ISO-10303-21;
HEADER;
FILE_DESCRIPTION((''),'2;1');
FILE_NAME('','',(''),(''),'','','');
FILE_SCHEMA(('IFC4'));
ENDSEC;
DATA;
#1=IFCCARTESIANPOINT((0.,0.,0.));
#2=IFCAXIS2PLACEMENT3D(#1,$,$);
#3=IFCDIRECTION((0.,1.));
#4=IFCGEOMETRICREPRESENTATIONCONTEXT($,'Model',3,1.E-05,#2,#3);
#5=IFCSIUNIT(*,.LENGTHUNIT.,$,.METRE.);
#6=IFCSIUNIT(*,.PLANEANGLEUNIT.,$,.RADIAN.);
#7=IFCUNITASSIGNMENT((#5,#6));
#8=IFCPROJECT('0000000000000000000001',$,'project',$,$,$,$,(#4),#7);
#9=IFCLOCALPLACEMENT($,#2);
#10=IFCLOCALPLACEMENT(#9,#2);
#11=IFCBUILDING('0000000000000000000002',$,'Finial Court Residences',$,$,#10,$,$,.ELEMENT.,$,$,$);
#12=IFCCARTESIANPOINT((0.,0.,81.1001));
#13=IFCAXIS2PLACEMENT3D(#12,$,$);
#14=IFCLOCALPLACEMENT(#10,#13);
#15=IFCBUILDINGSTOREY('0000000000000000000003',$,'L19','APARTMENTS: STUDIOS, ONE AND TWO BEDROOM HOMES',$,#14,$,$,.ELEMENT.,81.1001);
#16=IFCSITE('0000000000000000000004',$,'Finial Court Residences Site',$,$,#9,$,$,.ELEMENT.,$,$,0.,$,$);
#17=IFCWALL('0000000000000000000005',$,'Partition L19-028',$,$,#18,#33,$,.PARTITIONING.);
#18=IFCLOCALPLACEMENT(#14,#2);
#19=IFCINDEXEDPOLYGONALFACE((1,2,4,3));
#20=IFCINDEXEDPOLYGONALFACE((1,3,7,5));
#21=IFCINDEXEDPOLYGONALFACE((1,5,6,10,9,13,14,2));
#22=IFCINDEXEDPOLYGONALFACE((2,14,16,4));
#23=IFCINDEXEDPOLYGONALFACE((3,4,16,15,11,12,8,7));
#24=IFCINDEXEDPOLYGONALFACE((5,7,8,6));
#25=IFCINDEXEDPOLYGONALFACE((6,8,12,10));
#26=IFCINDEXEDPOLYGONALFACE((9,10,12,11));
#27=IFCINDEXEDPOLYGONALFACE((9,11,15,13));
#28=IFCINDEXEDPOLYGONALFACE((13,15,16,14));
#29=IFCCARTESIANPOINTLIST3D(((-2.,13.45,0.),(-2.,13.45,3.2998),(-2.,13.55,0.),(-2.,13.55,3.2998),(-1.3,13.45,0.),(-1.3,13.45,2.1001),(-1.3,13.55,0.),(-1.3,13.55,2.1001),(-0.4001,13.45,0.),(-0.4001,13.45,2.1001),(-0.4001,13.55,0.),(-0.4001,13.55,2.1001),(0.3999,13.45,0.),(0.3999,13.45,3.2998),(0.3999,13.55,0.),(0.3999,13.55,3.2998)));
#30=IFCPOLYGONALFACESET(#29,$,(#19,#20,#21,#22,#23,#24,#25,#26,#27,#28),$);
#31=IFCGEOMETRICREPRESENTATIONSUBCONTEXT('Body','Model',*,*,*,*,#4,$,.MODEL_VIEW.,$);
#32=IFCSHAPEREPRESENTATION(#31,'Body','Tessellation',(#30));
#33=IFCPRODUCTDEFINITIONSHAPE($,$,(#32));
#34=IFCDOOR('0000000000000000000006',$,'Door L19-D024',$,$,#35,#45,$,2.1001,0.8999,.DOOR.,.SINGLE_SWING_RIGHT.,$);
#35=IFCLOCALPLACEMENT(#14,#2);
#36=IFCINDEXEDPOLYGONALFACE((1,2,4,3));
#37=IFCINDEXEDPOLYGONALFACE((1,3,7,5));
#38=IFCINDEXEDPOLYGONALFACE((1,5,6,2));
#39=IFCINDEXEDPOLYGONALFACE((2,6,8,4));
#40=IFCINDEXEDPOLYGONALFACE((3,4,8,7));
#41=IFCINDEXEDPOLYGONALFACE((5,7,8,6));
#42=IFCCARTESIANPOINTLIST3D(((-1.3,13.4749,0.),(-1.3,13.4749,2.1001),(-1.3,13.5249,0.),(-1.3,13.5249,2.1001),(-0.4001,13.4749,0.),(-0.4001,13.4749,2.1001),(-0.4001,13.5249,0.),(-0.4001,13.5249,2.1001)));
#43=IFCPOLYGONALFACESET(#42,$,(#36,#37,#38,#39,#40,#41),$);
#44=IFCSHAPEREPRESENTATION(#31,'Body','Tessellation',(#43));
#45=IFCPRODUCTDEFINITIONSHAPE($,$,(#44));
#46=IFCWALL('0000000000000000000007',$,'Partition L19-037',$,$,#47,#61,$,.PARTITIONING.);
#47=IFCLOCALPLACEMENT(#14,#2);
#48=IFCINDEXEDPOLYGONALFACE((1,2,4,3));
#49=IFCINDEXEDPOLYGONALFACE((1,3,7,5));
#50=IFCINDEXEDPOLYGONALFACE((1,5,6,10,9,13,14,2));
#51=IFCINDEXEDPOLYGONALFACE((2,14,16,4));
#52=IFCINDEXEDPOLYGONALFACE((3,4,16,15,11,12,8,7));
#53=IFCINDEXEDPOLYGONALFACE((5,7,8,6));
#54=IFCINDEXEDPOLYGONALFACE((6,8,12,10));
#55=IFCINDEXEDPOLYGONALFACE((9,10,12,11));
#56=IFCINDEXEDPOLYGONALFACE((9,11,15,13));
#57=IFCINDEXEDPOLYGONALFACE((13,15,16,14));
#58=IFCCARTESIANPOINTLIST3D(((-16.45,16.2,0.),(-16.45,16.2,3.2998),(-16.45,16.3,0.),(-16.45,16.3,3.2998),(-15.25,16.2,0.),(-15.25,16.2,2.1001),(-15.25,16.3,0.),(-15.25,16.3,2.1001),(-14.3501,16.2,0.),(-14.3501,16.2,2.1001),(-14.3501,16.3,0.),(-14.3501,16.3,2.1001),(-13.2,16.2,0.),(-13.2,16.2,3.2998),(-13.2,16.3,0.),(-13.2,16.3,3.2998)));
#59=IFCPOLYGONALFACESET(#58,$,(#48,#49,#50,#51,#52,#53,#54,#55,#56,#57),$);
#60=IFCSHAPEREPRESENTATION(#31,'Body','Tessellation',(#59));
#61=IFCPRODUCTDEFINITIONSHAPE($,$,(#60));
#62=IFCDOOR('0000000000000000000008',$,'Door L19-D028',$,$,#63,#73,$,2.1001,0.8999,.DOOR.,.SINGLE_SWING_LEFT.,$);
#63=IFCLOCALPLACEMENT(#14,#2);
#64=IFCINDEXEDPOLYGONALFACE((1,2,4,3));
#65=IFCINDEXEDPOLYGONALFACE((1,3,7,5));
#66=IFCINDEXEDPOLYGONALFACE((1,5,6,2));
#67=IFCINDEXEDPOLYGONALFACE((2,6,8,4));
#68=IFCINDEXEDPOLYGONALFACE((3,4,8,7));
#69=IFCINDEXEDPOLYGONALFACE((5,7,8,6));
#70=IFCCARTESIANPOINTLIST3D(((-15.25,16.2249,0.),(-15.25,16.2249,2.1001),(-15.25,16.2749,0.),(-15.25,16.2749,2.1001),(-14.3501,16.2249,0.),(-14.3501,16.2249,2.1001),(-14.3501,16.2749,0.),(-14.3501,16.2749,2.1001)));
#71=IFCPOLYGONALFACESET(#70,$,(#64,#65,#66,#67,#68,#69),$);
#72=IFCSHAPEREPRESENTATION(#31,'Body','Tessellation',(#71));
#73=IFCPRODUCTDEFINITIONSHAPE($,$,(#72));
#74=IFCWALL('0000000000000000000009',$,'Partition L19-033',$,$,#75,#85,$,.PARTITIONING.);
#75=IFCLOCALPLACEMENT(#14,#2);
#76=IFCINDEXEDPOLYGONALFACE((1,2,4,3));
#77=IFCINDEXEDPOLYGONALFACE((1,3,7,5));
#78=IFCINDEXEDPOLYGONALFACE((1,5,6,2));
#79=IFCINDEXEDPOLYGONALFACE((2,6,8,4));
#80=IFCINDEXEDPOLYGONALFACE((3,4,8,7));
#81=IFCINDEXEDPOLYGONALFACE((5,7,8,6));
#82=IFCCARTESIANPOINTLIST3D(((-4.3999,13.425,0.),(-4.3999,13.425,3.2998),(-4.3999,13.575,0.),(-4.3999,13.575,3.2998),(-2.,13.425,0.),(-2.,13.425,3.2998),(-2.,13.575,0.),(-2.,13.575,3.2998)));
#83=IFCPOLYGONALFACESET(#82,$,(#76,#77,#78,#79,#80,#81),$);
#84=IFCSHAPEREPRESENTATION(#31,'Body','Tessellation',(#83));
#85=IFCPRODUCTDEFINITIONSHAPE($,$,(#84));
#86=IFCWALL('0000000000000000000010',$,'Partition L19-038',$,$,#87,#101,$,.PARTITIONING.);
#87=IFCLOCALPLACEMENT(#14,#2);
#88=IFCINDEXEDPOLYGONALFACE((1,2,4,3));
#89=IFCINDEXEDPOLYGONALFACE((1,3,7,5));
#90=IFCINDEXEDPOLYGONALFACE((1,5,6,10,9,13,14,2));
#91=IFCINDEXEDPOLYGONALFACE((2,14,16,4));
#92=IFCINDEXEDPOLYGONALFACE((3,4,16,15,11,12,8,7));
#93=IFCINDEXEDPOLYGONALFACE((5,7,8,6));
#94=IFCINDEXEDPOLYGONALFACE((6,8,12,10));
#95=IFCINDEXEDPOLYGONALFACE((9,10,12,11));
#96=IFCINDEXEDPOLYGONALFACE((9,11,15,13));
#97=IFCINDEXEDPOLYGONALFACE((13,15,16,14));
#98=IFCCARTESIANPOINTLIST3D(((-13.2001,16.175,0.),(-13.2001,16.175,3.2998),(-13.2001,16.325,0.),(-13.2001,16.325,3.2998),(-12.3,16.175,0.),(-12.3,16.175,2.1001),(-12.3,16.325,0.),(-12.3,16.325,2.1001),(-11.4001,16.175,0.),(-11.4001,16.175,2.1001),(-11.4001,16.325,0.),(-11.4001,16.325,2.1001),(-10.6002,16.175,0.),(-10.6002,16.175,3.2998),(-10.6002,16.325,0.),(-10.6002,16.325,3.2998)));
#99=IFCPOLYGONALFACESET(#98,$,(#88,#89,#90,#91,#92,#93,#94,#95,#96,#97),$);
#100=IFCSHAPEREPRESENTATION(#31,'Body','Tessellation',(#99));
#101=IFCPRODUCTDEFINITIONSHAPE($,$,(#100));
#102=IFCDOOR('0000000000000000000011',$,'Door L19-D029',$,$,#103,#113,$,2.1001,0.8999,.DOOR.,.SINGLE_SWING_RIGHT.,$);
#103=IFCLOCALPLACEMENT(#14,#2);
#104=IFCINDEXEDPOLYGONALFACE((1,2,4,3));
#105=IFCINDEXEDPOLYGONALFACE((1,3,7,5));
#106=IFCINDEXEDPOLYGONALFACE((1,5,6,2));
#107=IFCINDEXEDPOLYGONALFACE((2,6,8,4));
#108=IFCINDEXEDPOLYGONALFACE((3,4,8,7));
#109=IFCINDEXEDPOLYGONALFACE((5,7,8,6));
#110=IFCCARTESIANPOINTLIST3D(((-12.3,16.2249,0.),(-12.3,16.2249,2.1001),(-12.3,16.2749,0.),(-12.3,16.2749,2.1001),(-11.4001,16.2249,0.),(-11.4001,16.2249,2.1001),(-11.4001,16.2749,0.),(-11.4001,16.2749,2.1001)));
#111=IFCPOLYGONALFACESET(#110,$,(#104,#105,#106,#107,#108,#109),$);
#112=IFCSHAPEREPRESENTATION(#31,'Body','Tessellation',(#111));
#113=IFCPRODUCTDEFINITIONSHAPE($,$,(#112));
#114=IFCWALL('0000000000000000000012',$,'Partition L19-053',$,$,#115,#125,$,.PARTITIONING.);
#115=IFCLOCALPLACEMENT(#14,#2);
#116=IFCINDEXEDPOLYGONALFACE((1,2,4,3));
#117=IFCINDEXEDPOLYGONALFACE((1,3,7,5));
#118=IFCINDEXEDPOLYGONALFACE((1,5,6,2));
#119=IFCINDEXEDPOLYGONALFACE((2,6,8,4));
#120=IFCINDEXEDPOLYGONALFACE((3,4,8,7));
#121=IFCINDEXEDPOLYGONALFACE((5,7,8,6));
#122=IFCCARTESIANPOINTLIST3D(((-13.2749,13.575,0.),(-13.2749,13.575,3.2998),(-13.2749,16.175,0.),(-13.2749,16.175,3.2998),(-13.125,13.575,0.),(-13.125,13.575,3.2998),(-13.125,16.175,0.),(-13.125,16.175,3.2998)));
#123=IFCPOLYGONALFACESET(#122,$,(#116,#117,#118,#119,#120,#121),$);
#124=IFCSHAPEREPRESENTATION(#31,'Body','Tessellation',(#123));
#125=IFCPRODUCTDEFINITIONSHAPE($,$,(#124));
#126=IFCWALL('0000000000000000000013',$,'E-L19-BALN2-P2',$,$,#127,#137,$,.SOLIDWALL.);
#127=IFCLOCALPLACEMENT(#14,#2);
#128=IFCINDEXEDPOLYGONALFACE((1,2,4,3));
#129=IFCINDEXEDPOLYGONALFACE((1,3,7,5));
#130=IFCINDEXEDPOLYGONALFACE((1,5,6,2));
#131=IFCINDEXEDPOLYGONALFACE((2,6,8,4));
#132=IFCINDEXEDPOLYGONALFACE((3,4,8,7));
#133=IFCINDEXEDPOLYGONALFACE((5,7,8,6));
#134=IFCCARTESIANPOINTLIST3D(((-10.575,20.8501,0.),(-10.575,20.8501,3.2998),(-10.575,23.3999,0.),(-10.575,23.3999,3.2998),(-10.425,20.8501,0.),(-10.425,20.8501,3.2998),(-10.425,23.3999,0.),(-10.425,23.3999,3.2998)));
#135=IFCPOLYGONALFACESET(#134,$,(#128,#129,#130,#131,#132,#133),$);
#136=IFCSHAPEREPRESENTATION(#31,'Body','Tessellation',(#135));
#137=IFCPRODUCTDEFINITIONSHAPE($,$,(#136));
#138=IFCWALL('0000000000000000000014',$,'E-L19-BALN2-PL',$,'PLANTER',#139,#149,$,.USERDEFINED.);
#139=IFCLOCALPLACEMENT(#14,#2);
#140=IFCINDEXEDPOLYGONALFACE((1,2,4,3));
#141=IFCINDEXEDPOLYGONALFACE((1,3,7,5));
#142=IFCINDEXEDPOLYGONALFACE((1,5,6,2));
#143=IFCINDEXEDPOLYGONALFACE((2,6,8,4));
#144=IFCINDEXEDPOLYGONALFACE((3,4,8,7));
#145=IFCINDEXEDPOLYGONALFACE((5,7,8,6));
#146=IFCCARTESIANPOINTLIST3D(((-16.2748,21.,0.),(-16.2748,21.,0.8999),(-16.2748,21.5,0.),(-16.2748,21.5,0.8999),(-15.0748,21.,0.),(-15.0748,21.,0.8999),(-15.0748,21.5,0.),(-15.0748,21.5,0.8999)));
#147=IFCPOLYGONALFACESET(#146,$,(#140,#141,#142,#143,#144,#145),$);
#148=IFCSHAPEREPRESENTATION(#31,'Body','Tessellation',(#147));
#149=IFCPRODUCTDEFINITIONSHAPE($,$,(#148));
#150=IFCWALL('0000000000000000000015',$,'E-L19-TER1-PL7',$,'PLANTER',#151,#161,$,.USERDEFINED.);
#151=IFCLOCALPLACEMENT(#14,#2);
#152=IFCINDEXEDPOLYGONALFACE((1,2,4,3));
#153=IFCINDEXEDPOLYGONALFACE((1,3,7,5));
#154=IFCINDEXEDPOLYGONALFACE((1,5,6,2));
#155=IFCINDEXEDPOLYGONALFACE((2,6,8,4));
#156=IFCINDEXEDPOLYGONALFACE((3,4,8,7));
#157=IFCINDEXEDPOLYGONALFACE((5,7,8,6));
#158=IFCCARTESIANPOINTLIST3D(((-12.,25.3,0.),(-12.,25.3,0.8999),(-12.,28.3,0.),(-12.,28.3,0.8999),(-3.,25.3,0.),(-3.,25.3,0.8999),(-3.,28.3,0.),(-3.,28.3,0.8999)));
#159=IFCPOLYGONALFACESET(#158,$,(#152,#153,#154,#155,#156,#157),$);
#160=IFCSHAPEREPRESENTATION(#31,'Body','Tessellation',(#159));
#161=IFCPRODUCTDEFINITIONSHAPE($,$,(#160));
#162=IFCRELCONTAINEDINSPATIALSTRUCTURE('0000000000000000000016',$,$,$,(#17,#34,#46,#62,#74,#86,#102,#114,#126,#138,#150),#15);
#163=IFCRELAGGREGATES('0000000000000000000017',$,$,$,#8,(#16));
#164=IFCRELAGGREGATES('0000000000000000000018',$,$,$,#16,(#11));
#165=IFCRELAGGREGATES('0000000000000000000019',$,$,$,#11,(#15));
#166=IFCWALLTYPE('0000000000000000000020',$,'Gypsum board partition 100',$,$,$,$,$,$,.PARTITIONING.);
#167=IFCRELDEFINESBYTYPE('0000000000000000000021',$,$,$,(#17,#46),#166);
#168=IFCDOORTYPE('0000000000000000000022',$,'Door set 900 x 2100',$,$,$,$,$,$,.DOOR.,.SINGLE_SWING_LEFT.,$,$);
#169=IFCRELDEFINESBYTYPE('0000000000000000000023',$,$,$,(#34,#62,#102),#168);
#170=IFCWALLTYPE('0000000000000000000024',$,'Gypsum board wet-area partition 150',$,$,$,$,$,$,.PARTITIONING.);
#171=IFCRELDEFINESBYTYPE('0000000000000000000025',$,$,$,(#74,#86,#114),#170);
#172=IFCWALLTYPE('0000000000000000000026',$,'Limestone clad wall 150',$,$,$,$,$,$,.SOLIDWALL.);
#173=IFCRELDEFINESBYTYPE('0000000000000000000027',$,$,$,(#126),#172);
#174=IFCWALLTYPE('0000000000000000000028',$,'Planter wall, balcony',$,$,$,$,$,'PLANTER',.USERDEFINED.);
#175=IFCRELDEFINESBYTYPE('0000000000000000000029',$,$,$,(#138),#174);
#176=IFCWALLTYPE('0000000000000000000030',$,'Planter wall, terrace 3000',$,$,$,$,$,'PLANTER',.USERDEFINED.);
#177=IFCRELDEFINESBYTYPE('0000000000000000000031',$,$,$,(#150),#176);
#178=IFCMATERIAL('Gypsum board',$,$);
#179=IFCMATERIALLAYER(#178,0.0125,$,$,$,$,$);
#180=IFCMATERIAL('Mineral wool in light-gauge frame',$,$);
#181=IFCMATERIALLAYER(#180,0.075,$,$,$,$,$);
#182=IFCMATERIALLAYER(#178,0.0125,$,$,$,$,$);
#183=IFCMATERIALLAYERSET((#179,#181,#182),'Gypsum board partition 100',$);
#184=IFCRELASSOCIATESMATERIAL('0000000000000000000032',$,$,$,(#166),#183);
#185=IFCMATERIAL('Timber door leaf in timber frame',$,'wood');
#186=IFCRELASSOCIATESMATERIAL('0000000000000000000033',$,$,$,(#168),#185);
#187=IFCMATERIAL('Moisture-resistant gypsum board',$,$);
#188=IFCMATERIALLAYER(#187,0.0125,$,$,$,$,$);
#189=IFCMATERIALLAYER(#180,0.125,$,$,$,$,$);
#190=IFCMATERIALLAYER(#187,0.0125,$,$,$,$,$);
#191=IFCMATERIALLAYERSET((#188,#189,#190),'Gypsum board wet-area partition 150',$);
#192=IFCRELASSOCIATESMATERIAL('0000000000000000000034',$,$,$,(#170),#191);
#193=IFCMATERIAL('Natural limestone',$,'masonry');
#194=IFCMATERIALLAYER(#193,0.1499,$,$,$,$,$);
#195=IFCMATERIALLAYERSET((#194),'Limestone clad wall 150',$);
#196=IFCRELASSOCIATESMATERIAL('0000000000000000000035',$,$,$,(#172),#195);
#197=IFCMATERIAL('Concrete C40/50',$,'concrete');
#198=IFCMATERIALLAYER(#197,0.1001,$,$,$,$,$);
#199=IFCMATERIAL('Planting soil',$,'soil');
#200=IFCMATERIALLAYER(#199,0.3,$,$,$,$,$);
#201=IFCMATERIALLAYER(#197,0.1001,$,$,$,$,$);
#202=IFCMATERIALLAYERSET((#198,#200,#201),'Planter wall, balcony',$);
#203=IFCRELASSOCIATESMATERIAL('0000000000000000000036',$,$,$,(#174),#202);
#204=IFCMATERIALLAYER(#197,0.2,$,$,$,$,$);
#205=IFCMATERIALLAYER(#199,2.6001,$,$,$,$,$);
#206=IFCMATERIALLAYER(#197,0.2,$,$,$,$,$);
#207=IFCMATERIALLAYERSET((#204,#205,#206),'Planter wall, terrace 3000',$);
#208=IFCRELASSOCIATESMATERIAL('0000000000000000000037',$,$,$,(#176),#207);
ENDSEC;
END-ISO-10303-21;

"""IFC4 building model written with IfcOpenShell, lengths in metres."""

from ifc_helpers import new_model, si_unit, direction, frame, frame_2d, origin, place, context, subcontext, project, spatial, rectangle, extrude, material, layer, layer_set, type_object, element, fill, save


model = new_model("IFC4")

# Units and contexts
model_context = context("Model", 3, precision=1e-05, world=origin(), true_north=direction((0.0, 1.0)))
body_context = subcontext(model_context, "Body", "Model", "MODEL_VIEW")
ifc_project = project(units=[si_unit("LENGTHUNIT", "METRE"), si_unit("PLANEANGLEUNIT", "RADIAN")], contexts=[model_context])

# Site, building, storey
site_placement = place(None, origin())
site = spatial("IfcSite", under=ifc_project, at=site_placement, Name="Finial Court Residences Site", CompositionType="ELEMENT", RefElevation=0.0)
building_placement = place(site_placement, origin())
building = spatial("IfcBuilding", under=site, at=building_placement, Name="Finial Court Residences", CompositionType="ELEMENT")
storey_placement = place(building_placement, frame((0.0, 0.0, 81.1001)))
storey = spatial("IfcBuildingStorey", under=building, at=storey_placement, Name="L19", Description="APARTMENTS: STUDIOS, ONE AND TWO BEDROOM HOMES", CompositionType="ELEMENT", Elevation=81.1001)

# Shared definitions
ifc_material_1 = material(Name="Gypsum board")

# Walls, openings, doors
ifc_layer_1 = layer(ifc_material_1, 0.0125)
ifc_material_2 = material(Name="Mineral wool in light-gauge frame")
ifc_layer_2 = layer(ifc_material_2, 0.075)
ifc_layer_3 = layer(ifc_material_1, 0.0125)
ifc_layer_set_1 = layer_set([ifc_layer_1, ifc_layer_2, ifc_layer_3], Name="Gypsum board partition 100")
wall_type_1 = type_object("IfcWallType", Name="Gypsum board partition 100", PredefinedType="PARTITIONING", material=ifc_layer_set_1)
wall_1_placement = place(storey_placement, frame((-2.0, 13.5, 0.0), z_axis=(0.0, 0.0, 1.0), x_axis=(1.0, 0.0, 0.0)))
wall_1 = element("IfcWall", 1, at=wall_1_placement, inside=storey, type_object=wall_type_1, Name="Partition L19-028", PredefinedType="PARTITIONING", context=body_context, shape_type="SweptSolid", body=[
    extrude(rectangle(XDim=2.3999, YDim=0.1001, at=frame_2d((1.2, 0.0))), origin(), (0.0, 0.0, 1.0), 3.2998),
])
opening_1_placement = place(wall_1_placement, frame((0.7, 0.0, 0.0)))
opening_1 = element("IfcOpeningElement", 2, at=opening_1_placement, cuts=wall_1, PredefinedType="OPENING", context=body_context, shape_type="SweptSolid", body=[
    extrude(rectangle(XDim=0.8999, YDim=2.1001, at=frame_2d((0.45, 1.05))), frame((0.0, 0.0601, 0.0), z_axis=(0.0, -1.0, 0.0), x_axis=(1.0, 0.0, 0.0)), (0.0, 0.0, 1.0), 0.1201),
])
ifc_material_3 = material(Name="Timber door leaf in timber frame", Category="wood")
door_type_1 = type_object("IfcDoorType", Name="Door set 900 x 2100", OperationType="SINGLE_SWING_LEFT", PredefinedType="DOOR", material=ifc_material_3)
door_1_placement = place(opening_1_placement, origin())
door_1 = element("IfcDoor", 3, at=door_1_placement, inside=storey, type_object=door_type_1, Name="Door L19-D024", OperationType="SINGLE_SWING_RIGHT", OverallHeight=2.1001, OverallWidth=0.8999, PredefinedType="DOOR", context=body_context, shape_type="SweptSolid", body=[
    extrude(rectangle(XDim=0.8999, YDim=2.1001, at=frame_2d((0.45, 1.05))), frame((0.0, 0.0249, 0.0), z_axis=(0.0, -1.0, 0.0), x_axis=(1.0, 0.0, 0.0)), (0.0, 0.0, 1.0), 0.05),
])
fill(opening_1, door_1)
wall_2_placement = place(storey_placement, frame((-16.45, 16.25, 0.0), z_axis=(0.0, 0.0, 1.0), x_axis=(1.0, 0.0, 0.0)))
wall_2 = element("IfcWall", 4, at=wall_2_placement, inside=storey, type_object=wall_type_1, Name="Partition L19-037", PredefinedType="PARTITIONING", context=body_context, shape_type="SweptSolid", body=[
    extrude(rectangle(XDim=3.25, YDim=0.1001, at=frame_2d((1.625, 0.0))), origin(), (0.0, 0.0, 1.0), 3.2998),
])
opening_2_placement = place(wall_2_placement, frame((1.2, 0.0, 0.0)))
opening_2 = element("IfcOpeningElement", 5, at=opening_2_placement, cuts=wall_2, PredefinedType="OPENING", context=body_context, shape_type="SweptSolid", body=[
    extrude(rectangle(XDim=0.8999, YDim=2.1001, at=frame_2d((0.45, 1.05))), frame((0.0, 0.0601, 0.0), z_axis=(0.0, -1.0, 0.0), x_axis=(1.0, 0.0, 0.0)), (0.0, 0.0, 1.0), 0.1201),
])
door_2_placement = place(opening_2_placement, origin())
door_2 = element("IfcDoor", 6, at=door_2_placement, inside=storey, type_object=door_type_1, Name="Door L19-D028", OperationType="SINGLE_SWING_LEFT", OverallHeight=2.1001, OverallWidth=0.8999, PredefinedType="DOOR", context=body_context, shape_type="SweptSolid", body=[
    extrude(rectangle(XDim=0.8999, YDim=2.1001, at=frame_2d((0.45, 1.05))), frame((0.0, 0.0249, 0.0), z_axis=(0.0, -1.0, 0.0), x_axis=(1.0, 0.0, 0.0)), (0.0, 0.0, 1.0), 0.05),
])
fill(opening_2, door_2)

# Wall
ifc_material_4 = material(Name="Moisture-resistant gypsum board")
ifc_layer_4 = layer(ifc_material_4, 0.0125)
ifc_layer_5 = layer(ifc_material_2, 0.125)
ifc_layer_6 = layer(ifc_material_4, 0.0125)
ifc_layer_set_2 = layer_set([ifc_layer_4, ifc_layer_5, ifc_layer_6], Name="Gypsum board wet-area partition 150")
wall_type_2 = type_object("IfcWallType", Name="Gypsum board wet-area partition 150", PredefinedType="PARTITIONING", material=ifc_layer_set_2)
wall_3_placement = place(storey_placement, frame((-4.3999, 13.5, 0.0), z_axis=(0.0, 0.0, 1.0), x_axis=(1.0, 0.0, 0.0)))
element("IfcWall", 7, at=wall_3_placement, inside=storey, type_object=wall_type_2, Name="Partition L19-033", PredefinedType="PARTITIONING", context=body_context, shape_type="SweptSolid", body=[
    extrude(rectangle(XDim=2.3999, YDim=0.1499, at=frame_2d((1.2, 0.0))), origin(), (0.0, 0.0, 1.0), 3.2998),
])

# Wall, opening, door
wall_4_placement = place(storey_placement, frame((-13.2, 16.25, 0.0), z_axis=(0.0, 0.0, 1.0), x_axis=(1.0, 0.0, 0.0)))
wall_4 = element("IfcWall", 8, at=wall_4_placement, inside=storey, type_object=wall_type_2, Name="Partition L19-038", PredefinedType="PARTITIONING", context=body_context, shape_type="SweptSolid", body=[
    extrude(rectangle(XDim=2.5999, YDim=0.1499, at=frame_2d((1.2998, 0.0))), origin(), (0.0, 0.0, 1.0), 3.2998),
])
opening_3_placement = place(wall_4_placement, frame((0.8999, 0.0, 0.0)))
opening_3 = element("IfcOpeningElement", 9, at=opening_3_placement, cuts=wall_4, PredefinedType="OPENING", context=body_context, shape_type="SweptSolid", body=[
    extrude(rectangle(XDim=0.8999, YDim=2.1001, at=frame_2d((0.45, 1.05))), frame((0.0, 0.085, 0.0), z_axis=(0.0, -1.0, 0.0), x_axis=(1.0, 0.0, 0.0)), (0.0, 0.0, 1.0), 0.1699),
])
door_3_placement = place(opening_3_placement, origin())
door_3 = element("IfcDoor", 10, at=door_3_placement, inside=storey, type_object=door_type_1, Name="Door L19-D029", OperationType="SINGLE_SWING_RIGHT", OverallHeight=2.1001, OverallWidth=0.8999, PredefinedType="DOOR", context=body_context, shape_type="SweptSolid", body=[
    extrude(rectangle(XDim=0.8999, YDim=2.1001, at=frame_2d((0.45, 1.05))), frame((0.0, 0.0249, 0.0), z_axis=(0.0, -1.0, 0.0), x_axis=(1.0, 0.0, 0.0)), (0.0, 0.0, 1.0), 0.05),
])
fill(opening_3, door_3)

# Walls
wall_5_placement = place(storey_placement, frame((-13.2, 13.575, 0.0), z_axis=(0.0, 0.0, 1.0), x_axis=(0.0, 1.0, 0.0)))
element("IfcWall", 11, at=wall_5_placement, inside=storey, type_object=wall_type_2, Name="Partition L19-053", PredefinedType="PARTITIONING", context=body_context, shape_type="SweptSolid", body=[
    extrude(rectangle(XDim=2.6001, YDim=0.1499, at=frame_2d((1.3, 0.0))), origin(), (0.0, 0.0, 1.0), 3.2998),
])
ifc_material_5 = material(Name="Natural limestone", Category="masonry")
ifc_layer_7 = layer(ifc_material_5, 0.1499)
ifc_layer_set_3 = layer_set([ifc_layer_7], Name="Limestone clad wall 150")
wall_type_3 = type_object("IfcWallType", Name="Limestone clad wall 150", PredefinedType="SOLIDWALL", material=ifc_layer_set_3)
wall_6_placement = place(storey_placement, frame((-10.5, 20.8501, 0.0), z_axis=(0.0, 0.0, 1.0), x_axis=(0.0, 1.0, 0.0)))
element("IfcWall", 12, at=wall_6_placement, inside=storey, type_object=wall_type_3, Name="E-L19-BALN2-P2", PredefinedType="SOLIDWALL", context=body_context, shape_type="SweptSolid", body=[
    extrude(rectangle(XDim=2.5498, YDim=0.1499, at=frame_2d((1.2749, 0.0))), origin(), (0.0, 0.0, 1.0), 3.2998),
])

# Walls
ifc_material_6 = material(Name="Concrete C40/50", Category="concrete")
ifc_layer_8 = layer(ifc_material_6, 0.1001)
ifc_material_7 = material(Name="Planting soil", Category="soil")
ifc_layer_9 = layer(ifc_material_7, 0.3)
ifc_layer_10 = layer(ifc_material_6, 0.1001)
ifc_layer_set_4 = layer_set([ifc_layer_8, ifc_layer_9, ifc_layer_10], Name="Planter wall, balcony")
wall_type_4 = type_object("IfcWallType", Name="Planter wall, balcony", ElementType="PLANTER", PredefinedType="USERDEFINED", material=ifc_layer_set_4)
wall_7_placement = place(storey_placement, frame((-16.2749, 21.25, 0.0), z_axis=(0.0, 0.0, 1.0), x_axis=(1.0, 0.0, 0.0)))
element("IfcWall", 13, at=wall_7_placement, inside=storey, type_object=wall_type_4, Name="E-L19-BALN2-PL", ObjectType="PLANTER", PredefinedType="USERDEFINED", context=body_context, shape_type="SweptSolid", body=[
    extrude(rectangle(XDim=1.2, YDim=0.5, at=frame_2d((0.6001, 0.0))), origin(), (0.0, 0.0, 1.0), 0.8999),
])
ifc_layer_11 = layer(ifc_material_6, 0.2)
ifc_layer_12 = layer(ifc_material_7, 2.6001)
ifc_layer_13 = layer(ifc_material_6, 0.2)
ifc_layer_set_5 = layer_set([ifc_layer_11, ifc_layer_12, ifc_layer_13], Name="Planter wall, terrace 3000")
wall_type_5 = type_object("IfcWallType", Name="Planter wall, terrace 3000", ElementType="PLANTER", PredefinedType="USERDEFINED", material=ifc_layer_set_5)
wall_8_placement = place(storey_placement, frame((-12.0, 26.8, 0.0), z_axis=(0.0, 0.0, 1.0), x_axis=(1.0, 0.0, 0.0)))
element("IfcWall", 14, at=wall_8_placement, inside=storey, type_object=wall_type_5, Name="E-L19-TER1-PL7", ObjectType="PLANTER", PredefinedType="USERDEFINED", context=body_context, shape_type="SweptSolid", body=[
    extrude(rectangle(XDim=9.0, YDim=3.0, at=frame_2d((4.5, 0.0))), origin(), (0.0, 0.0, 1.0), 0.8999),
])

save(model, "model.ifc")
